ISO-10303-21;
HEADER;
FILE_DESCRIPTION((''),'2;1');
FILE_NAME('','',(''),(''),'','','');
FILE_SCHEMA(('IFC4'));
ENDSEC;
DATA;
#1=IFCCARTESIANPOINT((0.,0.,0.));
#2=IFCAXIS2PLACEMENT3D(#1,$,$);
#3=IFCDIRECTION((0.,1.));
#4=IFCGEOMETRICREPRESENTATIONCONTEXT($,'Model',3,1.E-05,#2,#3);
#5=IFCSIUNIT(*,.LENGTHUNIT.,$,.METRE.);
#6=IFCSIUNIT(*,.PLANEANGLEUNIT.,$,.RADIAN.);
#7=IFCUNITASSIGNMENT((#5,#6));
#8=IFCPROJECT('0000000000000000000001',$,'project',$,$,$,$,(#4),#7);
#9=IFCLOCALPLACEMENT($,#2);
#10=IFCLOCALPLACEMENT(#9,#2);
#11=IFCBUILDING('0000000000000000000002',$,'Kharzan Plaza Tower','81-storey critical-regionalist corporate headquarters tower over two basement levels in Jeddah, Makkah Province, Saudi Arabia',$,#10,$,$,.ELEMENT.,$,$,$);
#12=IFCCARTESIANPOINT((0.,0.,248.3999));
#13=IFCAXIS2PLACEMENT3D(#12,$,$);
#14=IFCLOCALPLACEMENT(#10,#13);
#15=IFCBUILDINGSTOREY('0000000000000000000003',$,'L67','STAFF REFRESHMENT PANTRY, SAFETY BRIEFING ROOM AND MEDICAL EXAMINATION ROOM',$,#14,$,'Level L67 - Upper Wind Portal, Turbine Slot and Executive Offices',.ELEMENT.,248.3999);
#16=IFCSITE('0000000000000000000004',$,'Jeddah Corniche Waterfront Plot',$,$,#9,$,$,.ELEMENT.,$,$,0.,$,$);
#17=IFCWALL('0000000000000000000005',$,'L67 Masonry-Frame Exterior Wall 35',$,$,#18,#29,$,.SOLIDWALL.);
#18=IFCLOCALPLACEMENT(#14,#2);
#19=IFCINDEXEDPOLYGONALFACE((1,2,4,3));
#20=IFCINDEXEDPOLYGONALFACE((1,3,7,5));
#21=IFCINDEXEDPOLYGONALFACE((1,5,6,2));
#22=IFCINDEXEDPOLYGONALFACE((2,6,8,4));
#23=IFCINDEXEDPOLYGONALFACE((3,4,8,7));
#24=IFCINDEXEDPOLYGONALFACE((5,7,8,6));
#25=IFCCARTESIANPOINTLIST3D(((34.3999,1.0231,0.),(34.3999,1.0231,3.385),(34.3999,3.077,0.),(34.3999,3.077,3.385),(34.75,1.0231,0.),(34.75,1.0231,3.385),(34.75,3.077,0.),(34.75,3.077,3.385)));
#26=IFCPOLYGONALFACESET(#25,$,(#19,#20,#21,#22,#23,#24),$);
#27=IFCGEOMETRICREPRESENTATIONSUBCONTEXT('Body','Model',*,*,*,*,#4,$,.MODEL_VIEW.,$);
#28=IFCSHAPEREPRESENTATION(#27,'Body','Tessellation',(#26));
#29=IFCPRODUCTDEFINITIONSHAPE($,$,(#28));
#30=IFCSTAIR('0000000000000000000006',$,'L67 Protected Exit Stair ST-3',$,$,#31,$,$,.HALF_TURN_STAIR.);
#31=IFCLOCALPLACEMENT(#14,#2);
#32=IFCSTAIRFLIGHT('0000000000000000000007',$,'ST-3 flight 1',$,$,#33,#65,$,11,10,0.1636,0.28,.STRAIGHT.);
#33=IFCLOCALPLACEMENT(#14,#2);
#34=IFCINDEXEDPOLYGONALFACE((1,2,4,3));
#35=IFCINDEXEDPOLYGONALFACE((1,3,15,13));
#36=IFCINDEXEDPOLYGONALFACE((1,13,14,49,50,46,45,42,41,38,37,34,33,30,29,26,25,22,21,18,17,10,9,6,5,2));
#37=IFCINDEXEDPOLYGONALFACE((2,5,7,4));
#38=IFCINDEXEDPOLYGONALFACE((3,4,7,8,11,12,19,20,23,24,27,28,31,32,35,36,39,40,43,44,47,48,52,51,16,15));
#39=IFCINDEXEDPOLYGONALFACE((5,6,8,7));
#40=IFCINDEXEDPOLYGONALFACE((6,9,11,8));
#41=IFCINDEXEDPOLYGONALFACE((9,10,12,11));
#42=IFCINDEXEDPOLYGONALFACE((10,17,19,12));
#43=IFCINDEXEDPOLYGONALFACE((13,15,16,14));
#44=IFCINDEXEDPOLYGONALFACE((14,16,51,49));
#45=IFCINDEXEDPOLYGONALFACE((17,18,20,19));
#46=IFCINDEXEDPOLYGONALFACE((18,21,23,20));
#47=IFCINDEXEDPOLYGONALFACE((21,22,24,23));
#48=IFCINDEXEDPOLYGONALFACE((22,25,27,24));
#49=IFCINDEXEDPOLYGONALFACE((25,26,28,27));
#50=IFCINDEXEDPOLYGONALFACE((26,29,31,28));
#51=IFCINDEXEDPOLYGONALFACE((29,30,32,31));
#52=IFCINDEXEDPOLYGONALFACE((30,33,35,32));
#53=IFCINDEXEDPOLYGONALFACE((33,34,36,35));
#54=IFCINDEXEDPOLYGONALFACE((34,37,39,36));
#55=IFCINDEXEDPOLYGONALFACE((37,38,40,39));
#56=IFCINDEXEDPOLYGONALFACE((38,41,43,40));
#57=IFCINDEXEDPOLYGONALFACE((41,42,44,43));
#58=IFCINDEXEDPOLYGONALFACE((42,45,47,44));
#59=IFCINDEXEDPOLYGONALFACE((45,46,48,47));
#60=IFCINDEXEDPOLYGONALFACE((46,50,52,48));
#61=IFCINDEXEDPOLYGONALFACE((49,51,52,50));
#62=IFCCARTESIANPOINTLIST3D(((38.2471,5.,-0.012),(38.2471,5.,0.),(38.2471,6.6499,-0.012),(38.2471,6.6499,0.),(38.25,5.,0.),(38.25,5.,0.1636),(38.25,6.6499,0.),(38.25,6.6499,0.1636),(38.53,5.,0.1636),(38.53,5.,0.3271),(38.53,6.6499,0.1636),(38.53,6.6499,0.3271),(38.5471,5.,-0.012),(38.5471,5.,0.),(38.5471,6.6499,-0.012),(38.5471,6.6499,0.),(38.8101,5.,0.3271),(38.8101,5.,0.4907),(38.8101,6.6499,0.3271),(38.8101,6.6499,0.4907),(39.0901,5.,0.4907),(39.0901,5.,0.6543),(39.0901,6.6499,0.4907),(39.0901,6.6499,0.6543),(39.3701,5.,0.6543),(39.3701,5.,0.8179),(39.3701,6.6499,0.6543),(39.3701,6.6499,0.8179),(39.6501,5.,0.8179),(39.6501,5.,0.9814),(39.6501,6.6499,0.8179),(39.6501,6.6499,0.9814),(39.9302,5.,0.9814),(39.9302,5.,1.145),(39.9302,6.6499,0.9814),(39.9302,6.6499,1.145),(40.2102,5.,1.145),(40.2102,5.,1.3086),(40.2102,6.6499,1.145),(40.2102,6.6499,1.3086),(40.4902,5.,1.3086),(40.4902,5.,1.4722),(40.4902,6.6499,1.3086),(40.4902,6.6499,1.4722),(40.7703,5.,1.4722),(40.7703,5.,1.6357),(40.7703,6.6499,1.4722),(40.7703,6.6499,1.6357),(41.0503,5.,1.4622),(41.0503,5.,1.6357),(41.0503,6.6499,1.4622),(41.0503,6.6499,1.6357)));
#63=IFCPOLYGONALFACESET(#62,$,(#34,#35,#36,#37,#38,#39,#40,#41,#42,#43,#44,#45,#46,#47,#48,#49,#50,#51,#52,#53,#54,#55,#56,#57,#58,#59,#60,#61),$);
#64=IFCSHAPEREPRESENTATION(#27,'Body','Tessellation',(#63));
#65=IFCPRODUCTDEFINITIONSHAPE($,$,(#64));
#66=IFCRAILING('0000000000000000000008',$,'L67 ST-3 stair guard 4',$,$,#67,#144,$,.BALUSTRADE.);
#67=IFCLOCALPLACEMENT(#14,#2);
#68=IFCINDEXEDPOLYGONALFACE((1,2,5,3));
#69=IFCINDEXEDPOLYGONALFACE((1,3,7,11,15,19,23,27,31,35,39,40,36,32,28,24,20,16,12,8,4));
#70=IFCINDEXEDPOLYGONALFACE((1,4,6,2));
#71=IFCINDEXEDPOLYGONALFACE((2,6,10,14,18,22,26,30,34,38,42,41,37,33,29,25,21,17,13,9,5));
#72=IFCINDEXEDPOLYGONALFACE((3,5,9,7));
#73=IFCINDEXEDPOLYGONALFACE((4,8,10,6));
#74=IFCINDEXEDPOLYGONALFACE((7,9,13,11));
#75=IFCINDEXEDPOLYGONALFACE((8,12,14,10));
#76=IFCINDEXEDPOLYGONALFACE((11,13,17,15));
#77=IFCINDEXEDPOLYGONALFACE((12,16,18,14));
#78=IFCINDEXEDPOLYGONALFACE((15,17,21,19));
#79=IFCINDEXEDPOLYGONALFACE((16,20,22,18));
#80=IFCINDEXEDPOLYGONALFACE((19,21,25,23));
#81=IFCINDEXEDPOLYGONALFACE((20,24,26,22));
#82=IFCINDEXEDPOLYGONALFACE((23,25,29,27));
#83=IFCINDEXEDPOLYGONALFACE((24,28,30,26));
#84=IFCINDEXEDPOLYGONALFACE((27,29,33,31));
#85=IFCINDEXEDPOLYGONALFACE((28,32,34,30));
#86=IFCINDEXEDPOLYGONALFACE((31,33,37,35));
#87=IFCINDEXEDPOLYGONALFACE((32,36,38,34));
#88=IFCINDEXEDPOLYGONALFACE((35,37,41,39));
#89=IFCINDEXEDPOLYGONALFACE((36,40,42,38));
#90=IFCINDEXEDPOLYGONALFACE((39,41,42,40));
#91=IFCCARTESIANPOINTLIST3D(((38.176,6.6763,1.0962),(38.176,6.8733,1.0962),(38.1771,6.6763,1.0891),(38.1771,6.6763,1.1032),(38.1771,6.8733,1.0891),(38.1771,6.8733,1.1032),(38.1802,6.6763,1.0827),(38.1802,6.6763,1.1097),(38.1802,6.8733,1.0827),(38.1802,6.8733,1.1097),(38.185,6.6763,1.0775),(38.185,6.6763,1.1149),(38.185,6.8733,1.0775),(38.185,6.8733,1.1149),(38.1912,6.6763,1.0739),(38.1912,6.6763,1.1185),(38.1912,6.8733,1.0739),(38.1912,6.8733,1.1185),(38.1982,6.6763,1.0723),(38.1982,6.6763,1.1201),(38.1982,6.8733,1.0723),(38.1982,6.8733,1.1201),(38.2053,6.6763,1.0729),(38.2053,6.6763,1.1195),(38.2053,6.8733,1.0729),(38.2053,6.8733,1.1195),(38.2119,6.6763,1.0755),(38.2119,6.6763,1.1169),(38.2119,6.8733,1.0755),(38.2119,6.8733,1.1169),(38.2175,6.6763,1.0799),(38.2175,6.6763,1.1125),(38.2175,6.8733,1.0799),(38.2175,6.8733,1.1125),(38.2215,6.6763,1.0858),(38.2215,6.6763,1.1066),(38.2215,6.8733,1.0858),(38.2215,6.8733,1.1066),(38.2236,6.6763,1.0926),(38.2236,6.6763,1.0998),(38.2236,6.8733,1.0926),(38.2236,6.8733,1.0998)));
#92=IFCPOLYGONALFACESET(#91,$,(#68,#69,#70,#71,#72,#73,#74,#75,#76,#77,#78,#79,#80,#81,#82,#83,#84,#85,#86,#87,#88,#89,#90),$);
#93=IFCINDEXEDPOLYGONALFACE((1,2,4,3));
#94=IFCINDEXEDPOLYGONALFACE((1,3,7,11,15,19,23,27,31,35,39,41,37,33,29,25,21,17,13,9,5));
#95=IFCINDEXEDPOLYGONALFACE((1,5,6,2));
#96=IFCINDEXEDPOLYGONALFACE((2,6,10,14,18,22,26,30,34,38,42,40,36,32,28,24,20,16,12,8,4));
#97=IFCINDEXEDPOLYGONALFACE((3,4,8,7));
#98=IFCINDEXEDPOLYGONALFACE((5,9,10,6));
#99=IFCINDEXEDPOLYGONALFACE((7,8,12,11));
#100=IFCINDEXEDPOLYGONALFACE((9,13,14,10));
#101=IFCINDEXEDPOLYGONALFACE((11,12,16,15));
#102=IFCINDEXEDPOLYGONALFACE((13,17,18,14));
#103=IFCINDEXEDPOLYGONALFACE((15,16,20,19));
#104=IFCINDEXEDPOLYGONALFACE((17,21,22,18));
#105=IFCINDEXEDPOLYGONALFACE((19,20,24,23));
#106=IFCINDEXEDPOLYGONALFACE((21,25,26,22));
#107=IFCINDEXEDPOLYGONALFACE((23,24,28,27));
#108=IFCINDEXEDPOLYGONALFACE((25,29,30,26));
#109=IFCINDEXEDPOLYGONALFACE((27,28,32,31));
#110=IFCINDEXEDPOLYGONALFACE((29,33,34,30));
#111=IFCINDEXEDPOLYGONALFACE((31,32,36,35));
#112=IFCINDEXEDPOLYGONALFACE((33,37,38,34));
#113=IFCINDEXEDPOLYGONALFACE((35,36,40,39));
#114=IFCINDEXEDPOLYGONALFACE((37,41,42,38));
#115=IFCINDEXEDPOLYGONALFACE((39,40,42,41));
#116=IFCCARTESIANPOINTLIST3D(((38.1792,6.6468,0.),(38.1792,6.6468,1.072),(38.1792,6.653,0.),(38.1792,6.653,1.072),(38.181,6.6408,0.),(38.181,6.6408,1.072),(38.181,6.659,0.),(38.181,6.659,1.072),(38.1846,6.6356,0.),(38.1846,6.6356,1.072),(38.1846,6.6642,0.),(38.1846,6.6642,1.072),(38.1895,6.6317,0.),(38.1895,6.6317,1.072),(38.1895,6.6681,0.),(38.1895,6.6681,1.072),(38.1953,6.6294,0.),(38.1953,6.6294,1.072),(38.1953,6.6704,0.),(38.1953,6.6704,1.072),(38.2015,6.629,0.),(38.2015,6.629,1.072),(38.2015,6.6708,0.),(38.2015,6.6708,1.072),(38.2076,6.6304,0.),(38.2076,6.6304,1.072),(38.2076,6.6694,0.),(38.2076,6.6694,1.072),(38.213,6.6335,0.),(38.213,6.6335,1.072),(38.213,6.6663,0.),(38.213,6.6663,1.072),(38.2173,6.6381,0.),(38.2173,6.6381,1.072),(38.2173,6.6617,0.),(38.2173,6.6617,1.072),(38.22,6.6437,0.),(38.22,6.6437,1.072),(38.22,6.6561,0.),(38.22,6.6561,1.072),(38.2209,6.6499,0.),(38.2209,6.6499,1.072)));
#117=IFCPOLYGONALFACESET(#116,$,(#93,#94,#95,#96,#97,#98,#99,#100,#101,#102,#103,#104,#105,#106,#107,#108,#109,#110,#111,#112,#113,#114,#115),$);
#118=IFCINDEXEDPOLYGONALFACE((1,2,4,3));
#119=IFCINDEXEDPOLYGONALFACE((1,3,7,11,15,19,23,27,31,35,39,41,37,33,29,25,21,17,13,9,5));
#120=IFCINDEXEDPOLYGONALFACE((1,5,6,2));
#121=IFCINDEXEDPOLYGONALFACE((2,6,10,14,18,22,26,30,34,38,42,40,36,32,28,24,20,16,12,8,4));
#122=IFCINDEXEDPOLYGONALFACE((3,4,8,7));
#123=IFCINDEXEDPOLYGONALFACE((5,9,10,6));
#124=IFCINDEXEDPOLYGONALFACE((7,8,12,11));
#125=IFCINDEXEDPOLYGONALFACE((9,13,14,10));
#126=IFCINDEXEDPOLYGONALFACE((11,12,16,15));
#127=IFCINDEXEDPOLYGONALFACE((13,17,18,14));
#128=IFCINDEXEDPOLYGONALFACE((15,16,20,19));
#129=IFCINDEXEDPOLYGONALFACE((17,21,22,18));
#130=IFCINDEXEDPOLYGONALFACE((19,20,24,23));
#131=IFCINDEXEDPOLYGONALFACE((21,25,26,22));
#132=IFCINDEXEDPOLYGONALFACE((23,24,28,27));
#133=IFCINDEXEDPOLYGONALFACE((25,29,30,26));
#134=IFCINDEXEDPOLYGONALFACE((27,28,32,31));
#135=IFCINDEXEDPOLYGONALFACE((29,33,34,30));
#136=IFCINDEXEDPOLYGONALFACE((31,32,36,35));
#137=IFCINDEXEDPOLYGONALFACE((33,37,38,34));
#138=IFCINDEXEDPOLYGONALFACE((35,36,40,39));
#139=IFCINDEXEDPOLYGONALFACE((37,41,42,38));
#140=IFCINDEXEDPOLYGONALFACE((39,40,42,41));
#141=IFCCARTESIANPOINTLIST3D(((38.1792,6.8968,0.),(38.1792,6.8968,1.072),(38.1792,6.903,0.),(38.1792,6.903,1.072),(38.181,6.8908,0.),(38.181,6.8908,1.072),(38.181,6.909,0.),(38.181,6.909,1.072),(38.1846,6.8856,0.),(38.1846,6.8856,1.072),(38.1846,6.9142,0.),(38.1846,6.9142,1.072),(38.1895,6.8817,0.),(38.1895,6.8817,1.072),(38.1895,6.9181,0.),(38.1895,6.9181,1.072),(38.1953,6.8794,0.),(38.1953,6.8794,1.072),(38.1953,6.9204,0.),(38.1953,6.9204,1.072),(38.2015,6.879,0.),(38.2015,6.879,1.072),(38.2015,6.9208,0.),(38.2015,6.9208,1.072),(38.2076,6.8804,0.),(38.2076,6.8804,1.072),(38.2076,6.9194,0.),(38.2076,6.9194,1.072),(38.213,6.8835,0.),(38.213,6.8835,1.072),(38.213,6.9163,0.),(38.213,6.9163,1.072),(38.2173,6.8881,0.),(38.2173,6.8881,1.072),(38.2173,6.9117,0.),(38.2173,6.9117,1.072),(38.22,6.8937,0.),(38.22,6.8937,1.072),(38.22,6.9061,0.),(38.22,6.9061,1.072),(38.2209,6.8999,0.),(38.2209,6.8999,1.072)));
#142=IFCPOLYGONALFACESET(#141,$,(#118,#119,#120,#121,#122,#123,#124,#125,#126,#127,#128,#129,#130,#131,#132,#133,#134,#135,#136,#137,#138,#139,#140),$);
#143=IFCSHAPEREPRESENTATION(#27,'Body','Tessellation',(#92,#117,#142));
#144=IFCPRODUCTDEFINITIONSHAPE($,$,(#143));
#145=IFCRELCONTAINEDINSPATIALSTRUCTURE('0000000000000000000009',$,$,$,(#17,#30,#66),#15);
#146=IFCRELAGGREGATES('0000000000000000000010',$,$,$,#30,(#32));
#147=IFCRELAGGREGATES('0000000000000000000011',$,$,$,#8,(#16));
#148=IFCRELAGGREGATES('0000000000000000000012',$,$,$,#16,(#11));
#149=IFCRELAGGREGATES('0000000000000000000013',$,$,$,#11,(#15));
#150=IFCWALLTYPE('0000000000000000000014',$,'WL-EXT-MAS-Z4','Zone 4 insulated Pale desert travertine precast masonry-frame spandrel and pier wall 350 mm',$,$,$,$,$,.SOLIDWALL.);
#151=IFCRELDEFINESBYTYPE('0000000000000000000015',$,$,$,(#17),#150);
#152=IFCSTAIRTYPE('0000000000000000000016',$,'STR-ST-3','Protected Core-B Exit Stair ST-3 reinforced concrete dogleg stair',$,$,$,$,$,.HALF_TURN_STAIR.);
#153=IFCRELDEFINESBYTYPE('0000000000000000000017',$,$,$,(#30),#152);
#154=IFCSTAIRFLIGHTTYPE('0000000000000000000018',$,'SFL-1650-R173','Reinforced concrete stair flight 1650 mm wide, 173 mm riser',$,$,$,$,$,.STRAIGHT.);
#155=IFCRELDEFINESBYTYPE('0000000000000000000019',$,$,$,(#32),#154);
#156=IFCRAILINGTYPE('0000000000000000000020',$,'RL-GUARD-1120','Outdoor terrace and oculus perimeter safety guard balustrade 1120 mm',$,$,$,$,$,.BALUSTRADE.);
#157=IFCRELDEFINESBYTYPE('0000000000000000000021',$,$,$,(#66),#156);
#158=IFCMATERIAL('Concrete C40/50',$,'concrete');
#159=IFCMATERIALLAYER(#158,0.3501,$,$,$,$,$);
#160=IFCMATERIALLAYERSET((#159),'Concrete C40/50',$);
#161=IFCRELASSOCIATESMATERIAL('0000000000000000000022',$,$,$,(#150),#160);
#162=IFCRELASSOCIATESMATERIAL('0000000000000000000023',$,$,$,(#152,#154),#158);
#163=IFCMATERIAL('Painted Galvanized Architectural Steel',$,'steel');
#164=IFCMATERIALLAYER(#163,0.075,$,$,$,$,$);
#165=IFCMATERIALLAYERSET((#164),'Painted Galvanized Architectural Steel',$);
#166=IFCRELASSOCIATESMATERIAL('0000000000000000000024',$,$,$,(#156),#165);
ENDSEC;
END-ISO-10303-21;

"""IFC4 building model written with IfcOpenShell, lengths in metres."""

from ifc_helpers import new_model, si_unit, direction, frame, frame_2d, origin, origin_2d, place, context, subcontext, project, spatial, polyline, rectangle, circle, outline, extrude, source, transform, mapped, material, layer, layer_set, type_object, element, aggregate, save


model = new_model("IFC4")

# Units and contexts
model_context = context("Model", 3, precision=1e-05, world=origin(), true_north=direction((0.0, 1.0)))
body_context = subcontext(model_context, "Body", "Model", "MODEL_VIEW")
ifc_project = project(units=[si_unit("LENGTHUNIT", "METRE"), si_unit("PLANEANGLEUNIT", "RADIAN")], contexts=[model_context])

# Site, building, storey
site_placement = place(None, origin())
site = spatial("IfcSite", under=ifc_project, at=site_placement, Name="Jeddah Corniche Waterfront Plot", CompositionType="ELEMENT", RefElevation=0.0)
building_placement = place(site_placement, origin())
building = spatial("IfcBuilding", under=site, at=building_placement, Name="Kharzan Plaza Tower", Description="81-storey critical-regionalist corporate headquarters tower over two basement levels in Jeddah, Makkah Province, Saudi Arabia", CompositionType="ELEMENT")
storey_placement = place(building_placement, frame((0.0, 0.0, 248.3999)))
storey = spatial("IfcBuildingStorey", under=building, at=storey_placement, Name="L67", Description="STAFF REFRESHMENT PANTRY, SAFETY BRIEFING ROOM AND MEDICAL EXAMINATION ROOM", LongName="Level L67 - Upper Wind Portal, Turbine Slot and Executive Offices", CompositionType="ELEMENT", Elevation=248.3999)

# Shared definitions
ifc_material_1 = material(Name="Concrete C40/50", Category="concrete")
ifc_layer_1 = layer(ifc_material_1, 0.3501)
ifc_layer_set_1 = layer_set([ifc_layer_1], Name="Concrete C40/50")
wall_type_1 = type_object("IfcWallType", Name="WL-EXT-MAS-Z4", Description="Zone 4 insulated Pale desert travertine precast masonry-frame spandrel and pier wall 350 mm", PredefinedType="SOLIDWALL", material=ifc_layer_set_1)

# Wall
shared_shape_1 = source(origin(), body_context, "Body", "SweptSolid", [
    extrude(rectangle(XDim=2.054, YDim=0.3501, at=frame_2d((1.0269, 0.0))), origin(), (0.0, 0.0, 1.0), 3.385),
])
wall_1_placement = place(storey_placement, frame((34.575, 3.0769, 0.0), z_axis=(0.0, 0.0, 1.0), x_axis=(0.0, -1.0, 0.0)))
element("IfcWall", 1, at=wall_1_placement, inside=storey, type_object=wall_type_1, Name="L67 Masonry-Frame Exterior Wall 35", PredefinedType="SOLIDWALL", context=body_context, shape_type="MappedRepresentation", body=[
    mapped(shared_shape_1, transform((0.0, 0.0, 0.0), x_axis=(1.0, 0.0, 0.0), y_axis=(0.0, 1.0, 0.0), z_axis=(0.0, 0.0, 1.0))),
])

# Stair, stair flight
stair_type = type_object("IfcStairType", Name="STR-ST-3", Description="Protected Core-B Exit Stair ST-3 reinforced concrete dogleg stair", PredefinedType="HALF_TURN_STAIR", material=ifc_material_1)
stair_placement = place(storey_placement, origin())
stair = element("IfcStair", 2, at=stair_placement, inside=storey, type_object=stair_type, Name="L67 Protected Exit Stair ST-3", PredefinedType="HALF_TURN_STAIR")
stair_flight_type = type_object("IfcStairFlightType", Name="SFL-1650-R173", Description="Reinforced concrete stair flight 1650 mm wide, 173 mm riser", PredefinedType="STRAIGHT", material=ifc_material_1)
shared_shape_2 = source(origin(), body_context, "Body", "SweptSolid", [
    extrude(outline(polyline([(-0.0029, -0.012), (-0.0029, 0.0), (0.0, 0.0), (0.0, 0.1636), (0.28, 0.1636), (0.28, 0.3271), (0.5601, 0.3271), (0.5601, 0.4907), (0.8401, 0.4907), (0.8401, 0.6543), (1.1201, 0.6543), (1.1201, 0.8179), (1.4001, 0.8179), (1.4001, 0.9814), (1.6802, 0.9814), (1.6802, 1.145), (1.9602, 1.145), (1.9602, 1.3086), (2.2402, 1.3086), (2.2402, 1.4722), (2.5203, 1.4722), (2.5203, 1.6357), (2.8003, 1.6357), (2.8003, 1.7993), (2.8003, 1.4622), (0.2971, 0.0), (0.2971, -0.012), (-0.0029, -0.012)])), frame((0.0, 0.825, 0.0), z_axis=(0.0, -1.0, 0.0), x_axis=(1.0, 0.0, 0.0)), (0.0, 0.0, 1.0), 1.6499),
])
stair_flight_placement = place(storey_placement, frame((38.25, 5.825, 0.0), z_axis=(0.0, 0.0, 1.0), x_axis=(1.0, 0.0, 0.0)))
stair_flight = element("IfcStairFlight", 3, at=stair_flight_placement, type_object=stair_flight_type, Name="ST-3 flight 1", NumberOfRisers=11, NumberOfTreads=10, PredefinedType="STRAIGHT", RiserHeight=0.1636, TreadLength=0.28, context=body_context, shape_type="MappedRepresentation", body=[
    mapped(shared_shape_2, transform((0.0, 0.0, 0.0), x_axis=(1.0, 0.0, 0.0), y_axis=(0.0, 1.0, 0.0), z_axis=(0.0, 0.0, 1.0))),
])
aggregate(stair, [stair_flight])

# Railing
ifc_material_2 = material(Name="Painted Galvanized Architectural Steel", Category="steel")
ifc_layer_2 = layer(ifc_material_2, 0.075)
ifc_layer_set_2 = layer_set([ifc_layer_2], Name="Painted Galvanized Architectural Steel")
railing_type_1 = type_object("IfcRailingType", Name="RL-GUARD-1120", Description="Outdoor terrace and oculus perimeter safety guard balustrade 1120 mm", PredefinedType="BALUSTRADE", material=ifc_layer_set_2)
shared_shape_3 = source(origin(), body_context, "Body", "SweptSolid", [
    extrude(circle(Radius=0.0239, at=origin_2d()), frame((0.0, 0.0264, 1.0962), z_axis=(0.0, 1.0, 0.0), x_axis=(-1.0, 0.0, 0.0)), (0.0, 0.0, 1.0), 0.197),
    extrude(circle(Radius=0.021, at=origin_2d()), origin(), (0.0, 0.0, 1.0), 1.072),
    extrude(circle(Radius=0.021, at=origin_2d()), frame((0.0, 0.25, 0.0)), (0.0, 0.0, 1.0), 1.072),
])
railing_1_placement = place(storey_placement, frame((38.2, 6.6499, 0.0)))
element("IfcRailing", 4, at=railing_1_placement, inside=storey, type_object=railing_type_1, Name="L67 ST-3 stair guard 4", PredefinedType="BALUSTRADE", context=body_context, shape_type="MappedRepresentation", body=[
    mapped(shared_shape_3, transform((0.0, 0.0, 0.0), x_axis=(1.0, 0.0, 0.0), y_axis=(0.0, 1.0, 0.0), z_axis=(0.0, 0.0, 1.0))),
])

save(model, "model.ifc")
